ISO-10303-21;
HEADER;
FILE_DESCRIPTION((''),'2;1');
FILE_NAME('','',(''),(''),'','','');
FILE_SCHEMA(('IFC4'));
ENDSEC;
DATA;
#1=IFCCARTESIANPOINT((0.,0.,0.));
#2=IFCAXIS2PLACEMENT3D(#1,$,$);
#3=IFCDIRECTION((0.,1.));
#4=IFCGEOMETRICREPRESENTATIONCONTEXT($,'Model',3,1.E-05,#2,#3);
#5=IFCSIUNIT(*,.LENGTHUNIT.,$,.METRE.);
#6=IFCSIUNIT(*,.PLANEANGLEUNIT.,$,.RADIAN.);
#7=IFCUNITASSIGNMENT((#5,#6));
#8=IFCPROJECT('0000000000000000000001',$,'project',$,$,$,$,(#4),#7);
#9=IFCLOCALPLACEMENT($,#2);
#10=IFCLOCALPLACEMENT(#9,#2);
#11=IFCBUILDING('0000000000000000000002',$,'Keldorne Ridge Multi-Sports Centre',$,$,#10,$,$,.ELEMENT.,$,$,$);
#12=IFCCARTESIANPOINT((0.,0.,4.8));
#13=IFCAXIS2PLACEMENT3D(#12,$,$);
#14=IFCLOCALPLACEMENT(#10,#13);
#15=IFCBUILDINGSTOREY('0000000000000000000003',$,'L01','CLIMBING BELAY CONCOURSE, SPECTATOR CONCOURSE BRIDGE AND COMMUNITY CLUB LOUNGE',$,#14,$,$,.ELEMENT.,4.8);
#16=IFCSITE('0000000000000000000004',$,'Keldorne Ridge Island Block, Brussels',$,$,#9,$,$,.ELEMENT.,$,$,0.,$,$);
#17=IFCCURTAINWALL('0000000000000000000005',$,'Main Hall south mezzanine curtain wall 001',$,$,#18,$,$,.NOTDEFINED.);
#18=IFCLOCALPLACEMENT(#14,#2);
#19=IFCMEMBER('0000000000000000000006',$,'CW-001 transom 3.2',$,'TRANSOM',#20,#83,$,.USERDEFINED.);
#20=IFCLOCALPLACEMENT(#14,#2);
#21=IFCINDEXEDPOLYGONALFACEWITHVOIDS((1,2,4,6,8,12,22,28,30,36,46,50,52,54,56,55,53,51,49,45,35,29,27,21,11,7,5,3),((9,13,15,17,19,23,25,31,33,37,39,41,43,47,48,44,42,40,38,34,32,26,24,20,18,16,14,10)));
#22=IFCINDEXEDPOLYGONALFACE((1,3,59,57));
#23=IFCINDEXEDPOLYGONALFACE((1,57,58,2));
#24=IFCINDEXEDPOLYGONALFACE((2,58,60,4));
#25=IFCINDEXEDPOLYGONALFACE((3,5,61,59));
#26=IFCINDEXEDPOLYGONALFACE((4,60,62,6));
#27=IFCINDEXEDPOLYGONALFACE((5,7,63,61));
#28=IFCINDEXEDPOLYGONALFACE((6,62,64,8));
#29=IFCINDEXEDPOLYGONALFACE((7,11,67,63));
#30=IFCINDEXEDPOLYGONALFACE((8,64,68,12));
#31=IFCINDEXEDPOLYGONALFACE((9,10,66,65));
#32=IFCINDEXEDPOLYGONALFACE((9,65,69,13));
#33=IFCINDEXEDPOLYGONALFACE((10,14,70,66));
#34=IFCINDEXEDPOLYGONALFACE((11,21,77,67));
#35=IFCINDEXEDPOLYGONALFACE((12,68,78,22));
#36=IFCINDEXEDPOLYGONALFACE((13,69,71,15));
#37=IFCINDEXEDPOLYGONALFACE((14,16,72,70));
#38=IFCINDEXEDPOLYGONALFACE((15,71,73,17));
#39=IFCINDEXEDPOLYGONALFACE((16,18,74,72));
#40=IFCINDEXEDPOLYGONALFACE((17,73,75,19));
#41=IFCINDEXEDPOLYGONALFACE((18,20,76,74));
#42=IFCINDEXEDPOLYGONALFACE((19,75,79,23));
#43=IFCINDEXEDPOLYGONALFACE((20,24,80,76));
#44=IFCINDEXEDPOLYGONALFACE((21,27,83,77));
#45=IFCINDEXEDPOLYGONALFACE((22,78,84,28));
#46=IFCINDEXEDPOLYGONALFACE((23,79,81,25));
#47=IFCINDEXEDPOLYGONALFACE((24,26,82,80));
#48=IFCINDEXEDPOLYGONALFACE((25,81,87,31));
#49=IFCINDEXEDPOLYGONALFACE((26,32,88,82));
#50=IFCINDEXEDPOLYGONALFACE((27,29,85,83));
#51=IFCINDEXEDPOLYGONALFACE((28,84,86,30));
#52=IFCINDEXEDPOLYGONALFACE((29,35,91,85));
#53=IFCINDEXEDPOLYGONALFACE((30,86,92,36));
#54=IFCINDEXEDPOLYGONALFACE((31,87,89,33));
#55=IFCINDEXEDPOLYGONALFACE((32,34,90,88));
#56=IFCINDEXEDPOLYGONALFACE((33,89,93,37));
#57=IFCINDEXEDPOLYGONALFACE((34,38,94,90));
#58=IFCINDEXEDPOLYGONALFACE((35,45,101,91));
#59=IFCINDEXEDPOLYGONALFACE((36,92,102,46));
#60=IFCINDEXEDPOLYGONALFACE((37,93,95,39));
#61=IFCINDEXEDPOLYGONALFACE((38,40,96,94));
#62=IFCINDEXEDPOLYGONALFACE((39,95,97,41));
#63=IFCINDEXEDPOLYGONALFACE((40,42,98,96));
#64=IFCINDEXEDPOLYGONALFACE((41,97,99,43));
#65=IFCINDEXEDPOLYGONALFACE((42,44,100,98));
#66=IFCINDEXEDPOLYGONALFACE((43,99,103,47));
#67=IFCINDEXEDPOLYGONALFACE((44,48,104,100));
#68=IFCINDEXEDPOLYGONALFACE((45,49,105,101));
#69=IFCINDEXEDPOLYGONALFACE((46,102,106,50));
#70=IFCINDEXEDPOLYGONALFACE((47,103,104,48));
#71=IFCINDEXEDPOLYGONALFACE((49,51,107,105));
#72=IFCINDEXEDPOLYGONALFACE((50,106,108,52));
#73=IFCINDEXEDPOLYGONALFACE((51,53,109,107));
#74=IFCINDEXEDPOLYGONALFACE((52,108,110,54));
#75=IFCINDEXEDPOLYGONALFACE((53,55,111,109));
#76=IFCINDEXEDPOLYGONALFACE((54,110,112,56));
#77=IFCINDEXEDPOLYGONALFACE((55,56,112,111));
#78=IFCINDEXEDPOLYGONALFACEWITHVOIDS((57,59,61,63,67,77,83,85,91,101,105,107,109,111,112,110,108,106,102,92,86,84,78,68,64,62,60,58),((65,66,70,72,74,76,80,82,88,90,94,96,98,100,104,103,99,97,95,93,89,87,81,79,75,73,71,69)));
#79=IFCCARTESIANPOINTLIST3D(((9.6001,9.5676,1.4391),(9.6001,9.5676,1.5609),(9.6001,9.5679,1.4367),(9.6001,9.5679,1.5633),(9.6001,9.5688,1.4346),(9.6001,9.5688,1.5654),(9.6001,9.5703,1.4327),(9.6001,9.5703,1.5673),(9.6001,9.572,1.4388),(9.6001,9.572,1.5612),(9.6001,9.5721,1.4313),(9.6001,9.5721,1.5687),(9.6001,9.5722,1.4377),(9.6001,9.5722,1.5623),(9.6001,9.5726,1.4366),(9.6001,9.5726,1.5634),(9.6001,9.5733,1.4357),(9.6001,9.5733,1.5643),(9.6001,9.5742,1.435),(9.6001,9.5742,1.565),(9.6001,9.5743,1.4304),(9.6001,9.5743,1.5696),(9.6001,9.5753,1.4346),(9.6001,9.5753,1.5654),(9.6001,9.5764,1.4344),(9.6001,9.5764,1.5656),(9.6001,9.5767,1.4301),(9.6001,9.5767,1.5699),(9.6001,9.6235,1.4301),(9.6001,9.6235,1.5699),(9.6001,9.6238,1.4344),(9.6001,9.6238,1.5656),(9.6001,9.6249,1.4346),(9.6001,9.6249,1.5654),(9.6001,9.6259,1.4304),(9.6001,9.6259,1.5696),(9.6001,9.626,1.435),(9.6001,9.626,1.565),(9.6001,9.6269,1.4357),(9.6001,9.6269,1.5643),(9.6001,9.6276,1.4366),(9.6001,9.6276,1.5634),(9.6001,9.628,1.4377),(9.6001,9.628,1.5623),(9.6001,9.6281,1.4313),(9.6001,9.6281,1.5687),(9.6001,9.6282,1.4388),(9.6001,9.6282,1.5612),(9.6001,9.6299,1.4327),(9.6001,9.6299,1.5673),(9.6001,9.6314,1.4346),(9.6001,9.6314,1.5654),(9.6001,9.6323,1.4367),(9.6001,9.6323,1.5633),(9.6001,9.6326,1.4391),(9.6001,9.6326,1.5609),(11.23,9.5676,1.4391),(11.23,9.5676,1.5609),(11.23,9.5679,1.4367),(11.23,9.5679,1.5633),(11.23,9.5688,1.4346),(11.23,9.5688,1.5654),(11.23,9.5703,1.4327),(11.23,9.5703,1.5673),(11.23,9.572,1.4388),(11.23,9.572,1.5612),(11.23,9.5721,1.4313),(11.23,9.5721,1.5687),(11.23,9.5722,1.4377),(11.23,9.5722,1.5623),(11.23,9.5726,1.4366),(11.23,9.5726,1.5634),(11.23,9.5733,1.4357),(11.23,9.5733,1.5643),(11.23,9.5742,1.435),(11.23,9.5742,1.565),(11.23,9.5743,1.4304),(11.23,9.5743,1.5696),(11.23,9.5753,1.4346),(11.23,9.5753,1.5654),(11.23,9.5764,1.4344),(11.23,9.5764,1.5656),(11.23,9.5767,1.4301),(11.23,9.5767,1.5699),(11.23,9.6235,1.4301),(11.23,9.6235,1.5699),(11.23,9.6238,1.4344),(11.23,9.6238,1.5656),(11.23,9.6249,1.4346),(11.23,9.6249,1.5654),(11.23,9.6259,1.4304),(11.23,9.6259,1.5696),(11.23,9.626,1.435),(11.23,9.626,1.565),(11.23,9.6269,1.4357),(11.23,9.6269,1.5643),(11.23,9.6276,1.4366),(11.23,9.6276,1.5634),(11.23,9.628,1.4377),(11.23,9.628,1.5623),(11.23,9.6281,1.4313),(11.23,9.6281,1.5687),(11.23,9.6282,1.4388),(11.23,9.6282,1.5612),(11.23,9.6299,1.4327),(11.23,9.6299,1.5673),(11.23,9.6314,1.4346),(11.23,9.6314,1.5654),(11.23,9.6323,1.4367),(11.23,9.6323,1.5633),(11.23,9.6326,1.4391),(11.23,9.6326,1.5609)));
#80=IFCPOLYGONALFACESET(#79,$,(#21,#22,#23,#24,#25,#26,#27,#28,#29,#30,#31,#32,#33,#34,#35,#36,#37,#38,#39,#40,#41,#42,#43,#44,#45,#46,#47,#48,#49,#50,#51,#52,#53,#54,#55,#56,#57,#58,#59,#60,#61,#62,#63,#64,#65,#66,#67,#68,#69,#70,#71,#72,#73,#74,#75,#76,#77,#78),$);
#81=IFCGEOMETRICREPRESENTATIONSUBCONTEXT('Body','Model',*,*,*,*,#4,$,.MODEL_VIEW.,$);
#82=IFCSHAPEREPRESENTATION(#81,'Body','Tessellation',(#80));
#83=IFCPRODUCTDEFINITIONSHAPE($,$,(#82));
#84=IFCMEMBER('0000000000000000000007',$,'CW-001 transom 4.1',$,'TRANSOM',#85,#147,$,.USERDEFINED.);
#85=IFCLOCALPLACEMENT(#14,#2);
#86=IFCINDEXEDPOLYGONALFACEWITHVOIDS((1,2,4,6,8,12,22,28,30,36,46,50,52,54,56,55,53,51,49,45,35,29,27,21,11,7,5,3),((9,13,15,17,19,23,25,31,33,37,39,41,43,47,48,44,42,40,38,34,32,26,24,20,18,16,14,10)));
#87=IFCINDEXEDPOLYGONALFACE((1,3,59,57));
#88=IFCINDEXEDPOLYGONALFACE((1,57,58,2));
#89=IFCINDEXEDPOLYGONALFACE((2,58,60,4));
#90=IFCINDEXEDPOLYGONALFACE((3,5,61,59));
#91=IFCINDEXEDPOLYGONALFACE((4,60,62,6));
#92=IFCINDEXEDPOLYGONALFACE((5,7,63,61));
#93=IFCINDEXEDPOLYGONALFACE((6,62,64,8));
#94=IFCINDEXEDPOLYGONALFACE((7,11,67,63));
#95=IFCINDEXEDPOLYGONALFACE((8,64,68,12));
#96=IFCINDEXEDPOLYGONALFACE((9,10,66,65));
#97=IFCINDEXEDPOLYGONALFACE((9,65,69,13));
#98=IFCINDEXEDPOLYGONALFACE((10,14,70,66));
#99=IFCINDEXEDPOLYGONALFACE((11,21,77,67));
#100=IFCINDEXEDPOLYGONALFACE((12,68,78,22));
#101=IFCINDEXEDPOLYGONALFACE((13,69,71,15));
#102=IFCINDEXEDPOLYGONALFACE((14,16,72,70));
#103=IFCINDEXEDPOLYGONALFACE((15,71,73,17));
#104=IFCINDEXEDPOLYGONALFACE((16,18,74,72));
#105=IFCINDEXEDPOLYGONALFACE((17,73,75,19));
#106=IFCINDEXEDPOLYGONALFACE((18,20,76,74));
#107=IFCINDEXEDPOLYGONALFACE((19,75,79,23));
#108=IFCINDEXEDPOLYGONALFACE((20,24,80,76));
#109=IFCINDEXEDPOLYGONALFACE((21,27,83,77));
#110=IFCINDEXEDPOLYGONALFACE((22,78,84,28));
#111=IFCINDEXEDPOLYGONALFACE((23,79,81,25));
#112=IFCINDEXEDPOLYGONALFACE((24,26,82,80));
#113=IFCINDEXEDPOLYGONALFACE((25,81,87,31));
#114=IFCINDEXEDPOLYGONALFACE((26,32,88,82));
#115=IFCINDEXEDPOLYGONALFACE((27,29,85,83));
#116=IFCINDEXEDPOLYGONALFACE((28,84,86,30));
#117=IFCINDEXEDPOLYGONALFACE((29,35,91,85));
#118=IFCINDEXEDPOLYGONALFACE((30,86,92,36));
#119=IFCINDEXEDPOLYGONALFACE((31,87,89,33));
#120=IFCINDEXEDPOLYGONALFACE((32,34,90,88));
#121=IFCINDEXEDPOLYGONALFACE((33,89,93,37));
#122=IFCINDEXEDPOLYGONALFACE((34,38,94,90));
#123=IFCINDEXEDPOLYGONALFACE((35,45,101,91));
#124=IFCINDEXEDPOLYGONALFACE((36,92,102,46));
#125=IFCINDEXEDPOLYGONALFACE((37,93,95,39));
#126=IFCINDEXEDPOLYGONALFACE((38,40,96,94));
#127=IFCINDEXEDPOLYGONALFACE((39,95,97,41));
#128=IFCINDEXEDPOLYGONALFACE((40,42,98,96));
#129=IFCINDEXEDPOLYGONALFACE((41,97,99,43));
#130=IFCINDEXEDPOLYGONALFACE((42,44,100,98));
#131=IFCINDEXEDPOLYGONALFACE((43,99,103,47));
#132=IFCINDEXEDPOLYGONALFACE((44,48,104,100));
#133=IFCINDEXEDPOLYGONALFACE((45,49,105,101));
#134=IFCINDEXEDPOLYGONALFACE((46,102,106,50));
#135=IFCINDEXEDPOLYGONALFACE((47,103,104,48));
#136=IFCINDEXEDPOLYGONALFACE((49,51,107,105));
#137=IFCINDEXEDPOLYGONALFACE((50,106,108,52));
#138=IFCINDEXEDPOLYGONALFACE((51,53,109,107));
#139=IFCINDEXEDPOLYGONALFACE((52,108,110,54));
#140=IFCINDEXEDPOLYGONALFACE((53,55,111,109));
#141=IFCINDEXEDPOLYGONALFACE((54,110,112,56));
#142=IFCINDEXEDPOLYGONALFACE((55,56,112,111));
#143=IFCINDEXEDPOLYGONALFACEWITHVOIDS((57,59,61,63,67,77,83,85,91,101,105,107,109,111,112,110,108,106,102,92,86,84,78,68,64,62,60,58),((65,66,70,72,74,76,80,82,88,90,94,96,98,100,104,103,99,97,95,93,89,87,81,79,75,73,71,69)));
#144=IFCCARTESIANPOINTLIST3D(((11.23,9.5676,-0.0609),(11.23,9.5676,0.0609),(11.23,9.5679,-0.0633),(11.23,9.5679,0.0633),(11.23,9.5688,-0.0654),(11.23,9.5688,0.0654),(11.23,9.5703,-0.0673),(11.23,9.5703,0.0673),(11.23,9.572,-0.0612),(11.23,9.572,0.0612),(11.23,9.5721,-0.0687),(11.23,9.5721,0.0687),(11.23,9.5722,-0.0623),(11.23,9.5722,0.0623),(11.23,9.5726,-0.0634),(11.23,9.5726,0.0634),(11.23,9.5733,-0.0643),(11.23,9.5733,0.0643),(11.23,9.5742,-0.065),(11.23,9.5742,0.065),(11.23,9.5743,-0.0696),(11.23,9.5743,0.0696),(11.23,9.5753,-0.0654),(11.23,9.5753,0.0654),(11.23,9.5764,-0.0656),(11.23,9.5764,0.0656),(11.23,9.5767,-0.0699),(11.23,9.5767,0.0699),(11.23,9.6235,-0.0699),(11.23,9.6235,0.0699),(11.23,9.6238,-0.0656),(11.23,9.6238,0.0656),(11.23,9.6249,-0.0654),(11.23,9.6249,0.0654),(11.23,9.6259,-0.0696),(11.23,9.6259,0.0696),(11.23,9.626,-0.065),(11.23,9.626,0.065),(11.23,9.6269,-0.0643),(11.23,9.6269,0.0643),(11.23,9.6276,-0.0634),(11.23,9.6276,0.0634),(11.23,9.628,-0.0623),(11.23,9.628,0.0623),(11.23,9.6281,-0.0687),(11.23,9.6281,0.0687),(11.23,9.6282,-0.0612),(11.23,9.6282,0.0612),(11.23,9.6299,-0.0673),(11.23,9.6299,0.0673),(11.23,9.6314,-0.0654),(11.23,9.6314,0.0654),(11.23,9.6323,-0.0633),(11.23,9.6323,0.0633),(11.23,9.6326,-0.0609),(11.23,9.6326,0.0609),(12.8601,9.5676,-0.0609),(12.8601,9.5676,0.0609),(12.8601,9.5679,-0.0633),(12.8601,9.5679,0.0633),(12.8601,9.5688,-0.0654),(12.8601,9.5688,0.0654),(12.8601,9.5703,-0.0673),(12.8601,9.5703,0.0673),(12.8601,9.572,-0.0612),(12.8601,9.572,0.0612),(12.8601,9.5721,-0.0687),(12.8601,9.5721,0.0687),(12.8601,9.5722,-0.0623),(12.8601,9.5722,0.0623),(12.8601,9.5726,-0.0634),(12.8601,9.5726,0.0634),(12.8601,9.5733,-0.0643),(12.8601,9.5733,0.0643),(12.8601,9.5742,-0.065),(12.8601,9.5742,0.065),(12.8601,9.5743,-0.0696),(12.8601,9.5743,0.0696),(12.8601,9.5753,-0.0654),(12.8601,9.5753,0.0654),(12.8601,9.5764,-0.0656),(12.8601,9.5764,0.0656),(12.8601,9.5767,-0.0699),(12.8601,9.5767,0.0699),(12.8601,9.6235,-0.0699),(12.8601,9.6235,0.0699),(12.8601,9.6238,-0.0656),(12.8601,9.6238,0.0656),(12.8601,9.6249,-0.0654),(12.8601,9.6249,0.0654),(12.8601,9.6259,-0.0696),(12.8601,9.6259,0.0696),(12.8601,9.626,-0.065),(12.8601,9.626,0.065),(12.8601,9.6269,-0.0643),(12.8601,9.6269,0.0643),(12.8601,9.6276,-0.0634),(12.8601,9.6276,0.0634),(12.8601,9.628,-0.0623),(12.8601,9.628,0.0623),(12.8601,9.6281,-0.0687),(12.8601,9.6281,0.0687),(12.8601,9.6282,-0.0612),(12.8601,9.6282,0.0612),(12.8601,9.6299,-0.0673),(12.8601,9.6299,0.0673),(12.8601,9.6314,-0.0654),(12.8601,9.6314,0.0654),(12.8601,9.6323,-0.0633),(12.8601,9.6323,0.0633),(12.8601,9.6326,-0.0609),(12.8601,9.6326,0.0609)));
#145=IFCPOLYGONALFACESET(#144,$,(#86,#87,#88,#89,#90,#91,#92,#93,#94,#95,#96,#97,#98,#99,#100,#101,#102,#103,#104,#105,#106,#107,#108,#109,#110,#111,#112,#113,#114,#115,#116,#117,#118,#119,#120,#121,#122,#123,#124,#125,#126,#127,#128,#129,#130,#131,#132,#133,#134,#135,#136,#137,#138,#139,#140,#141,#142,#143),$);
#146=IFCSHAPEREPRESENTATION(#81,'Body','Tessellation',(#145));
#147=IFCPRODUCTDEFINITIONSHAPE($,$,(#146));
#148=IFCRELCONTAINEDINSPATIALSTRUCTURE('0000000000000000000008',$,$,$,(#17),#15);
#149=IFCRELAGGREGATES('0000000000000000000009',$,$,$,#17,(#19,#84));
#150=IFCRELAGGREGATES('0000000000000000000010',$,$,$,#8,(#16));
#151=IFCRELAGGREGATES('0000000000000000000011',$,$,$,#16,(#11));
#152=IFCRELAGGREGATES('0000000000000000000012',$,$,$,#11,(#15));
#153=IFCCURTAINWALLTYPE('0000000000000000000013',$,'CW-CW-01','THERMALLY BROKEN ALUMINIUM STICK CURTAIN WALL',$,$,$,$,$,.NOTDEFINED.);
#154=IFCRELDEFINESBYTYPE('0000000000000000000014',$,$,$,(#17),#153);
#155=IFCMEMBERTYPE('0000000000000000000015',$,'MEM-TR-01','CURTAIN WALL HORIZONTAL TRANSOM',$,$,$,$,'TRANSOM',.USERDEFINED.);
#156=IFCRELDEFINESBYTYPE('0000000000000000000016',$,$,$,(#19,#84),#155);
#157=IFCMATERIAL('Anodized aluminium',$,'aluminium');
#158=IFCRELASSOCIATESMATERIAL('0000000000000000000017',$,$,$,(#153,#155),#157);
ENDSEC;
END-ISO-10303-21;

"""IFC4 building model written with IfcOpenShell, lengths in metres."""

from ifc_helpers import new_model, si_unit, direction, frame, origin, origin_2d, place, context, subcontext, project, spatial, hollow_rectangle, extrude, material, material_profile, profile_set, type_object, element, aggregate, save


model = new_model("IFC4")

# Units and contexts
model_context = context("Model", 3, precision=1e-05, world=origin(), true_north=direction((0.0, 1.0)))
body_context = subcontext(model_context, "Body", "Model", "MODEL_VIEW")
ifc_project = project(units=[si_unit("LENGTHUNIT", "METRE"), si_unit("PLANEANGLEUNIT", "RADIAN")], contexts=[model_context])

# Site, building, storey
site_placement = place(None, origin())
site = spatial("IfcSite", under=ifc_project, at=site_placement, Name="Keldorne Ridge Island Block, Brussels", CompositionType="ELEMENT", RefElevation=0.0)
building_placement = place(site_placement, origin())
building = spatial("IfcBuilding", under=site, at=building_placement, Name="Keldorne Ridge Multi-Sports Centre", CompositionType="ELEMENT")
storey_placement = place(building_placement, frame((0.0, 0.0, 4.8)))
storey = spatial("IfcBuildingStorey", under=building, at=storey_placement, Name="L01", Description="CLIMBING BELAY CONCOURSE, SPECTATOR CONCOURSE BRIDGE AND COMMUNITY CLUB LOUNGE", CompositionType="ELEMENT", Elevation=4.8)

# Curtain wall, members
ifc_material_1 = material(Name="Anodized aluminium", Category="aluminium")
curtain_wall_type = type_object("IfcCurtainWallType", Name="CW-CW-01", Description="THERMALLY BROKEN ALUMINIUM STICK CURTAIN WALL", PredefinedType="NOTDEFINED", material=ifc_material_1)
curtain_wall_placement = place(storey_placement, origin())
curtain_wall = element("IfcCurtainWall", 1, at=curtain_wall_placement, inside=storey, type_object=curtain_wall_type, Name="Main Hall south mezzanine curtain wall 001", PredefinedType="NOTDEFINED")
ifc_material_profile_1 = material_profile(ifc_material_1, hollow_rectangle(XDim=0.0649, YDim=0.1399, WallThickness=0.0044, InnerFilletRadius=0.0044, OuterFilletRadius=0.009, at=origin_2d()), Name="ALU TRANSOM 140x65x4.5")
ifc_profile_set_1 = profile_set([ifc_material_profile_1], Name="Anodized aluminium")
member_type_1 = type_object("IfcMemberType", Name="MEM-TR-01", Description="CURTAIN WALL HORIZONTAL TRANSOM", ElementType="TRANSOM", PredefinedType="USERDEFINED", material=ifc_profile_set_1)
member_1_placement = place(storey_placement, frame((9.6001, 9.6001, 1.5), z_axis=(1.0, 0.0, 0.0), x_axis=(0.0, 1.0, 0.0)))
member_1 = element("IfcMember", 2, at=member_1_placement, type_object=member_type_1, Name="CW-001 transom 3.2", ObjectType="TRANSOM", PredefinedType="USERDEFINED", context=body_context, shape_type="SweptSolid", body=[
    extrude(hollow_rectangle(XDim=0.0649, YDim=0.1399, WallThickness=0.0044, InnerFilletRadius=0.0044, OuterFilletRadius=0.009, at=origin_2d()), origin(), (0.0, 0.0, 1.0), 1.6299),
])
member_2_placement = place(storey_placement, frame((11.23, 9.6001, 0.0), z_axis=(1.0, 0.0, 0.0), x_axis=(0.0, 1.0, 0.0)))
member_2 = element("IfcMember", 3, at=member_2_placement, type_object=member_type_1, Name="CW-001 transom 4.1", ObjectType="TRANSOM", PredefinedType="USERDEFINED", context=body_context, shape_type="SweptSolid", body=[
    extrude(hollow_rectangle(XDim=0.0649, YDim=0.1399, WallThickness=0.0044, InnerFilletRadius=0.0044, OuterFilletRadius=0.009, at=origin_2d()), origin(), (0.0, 0.0, 1.0), 1.6301),
])
aggregate(curtain_wall, [member_1, member_2])

save(model, "model.ifc")
